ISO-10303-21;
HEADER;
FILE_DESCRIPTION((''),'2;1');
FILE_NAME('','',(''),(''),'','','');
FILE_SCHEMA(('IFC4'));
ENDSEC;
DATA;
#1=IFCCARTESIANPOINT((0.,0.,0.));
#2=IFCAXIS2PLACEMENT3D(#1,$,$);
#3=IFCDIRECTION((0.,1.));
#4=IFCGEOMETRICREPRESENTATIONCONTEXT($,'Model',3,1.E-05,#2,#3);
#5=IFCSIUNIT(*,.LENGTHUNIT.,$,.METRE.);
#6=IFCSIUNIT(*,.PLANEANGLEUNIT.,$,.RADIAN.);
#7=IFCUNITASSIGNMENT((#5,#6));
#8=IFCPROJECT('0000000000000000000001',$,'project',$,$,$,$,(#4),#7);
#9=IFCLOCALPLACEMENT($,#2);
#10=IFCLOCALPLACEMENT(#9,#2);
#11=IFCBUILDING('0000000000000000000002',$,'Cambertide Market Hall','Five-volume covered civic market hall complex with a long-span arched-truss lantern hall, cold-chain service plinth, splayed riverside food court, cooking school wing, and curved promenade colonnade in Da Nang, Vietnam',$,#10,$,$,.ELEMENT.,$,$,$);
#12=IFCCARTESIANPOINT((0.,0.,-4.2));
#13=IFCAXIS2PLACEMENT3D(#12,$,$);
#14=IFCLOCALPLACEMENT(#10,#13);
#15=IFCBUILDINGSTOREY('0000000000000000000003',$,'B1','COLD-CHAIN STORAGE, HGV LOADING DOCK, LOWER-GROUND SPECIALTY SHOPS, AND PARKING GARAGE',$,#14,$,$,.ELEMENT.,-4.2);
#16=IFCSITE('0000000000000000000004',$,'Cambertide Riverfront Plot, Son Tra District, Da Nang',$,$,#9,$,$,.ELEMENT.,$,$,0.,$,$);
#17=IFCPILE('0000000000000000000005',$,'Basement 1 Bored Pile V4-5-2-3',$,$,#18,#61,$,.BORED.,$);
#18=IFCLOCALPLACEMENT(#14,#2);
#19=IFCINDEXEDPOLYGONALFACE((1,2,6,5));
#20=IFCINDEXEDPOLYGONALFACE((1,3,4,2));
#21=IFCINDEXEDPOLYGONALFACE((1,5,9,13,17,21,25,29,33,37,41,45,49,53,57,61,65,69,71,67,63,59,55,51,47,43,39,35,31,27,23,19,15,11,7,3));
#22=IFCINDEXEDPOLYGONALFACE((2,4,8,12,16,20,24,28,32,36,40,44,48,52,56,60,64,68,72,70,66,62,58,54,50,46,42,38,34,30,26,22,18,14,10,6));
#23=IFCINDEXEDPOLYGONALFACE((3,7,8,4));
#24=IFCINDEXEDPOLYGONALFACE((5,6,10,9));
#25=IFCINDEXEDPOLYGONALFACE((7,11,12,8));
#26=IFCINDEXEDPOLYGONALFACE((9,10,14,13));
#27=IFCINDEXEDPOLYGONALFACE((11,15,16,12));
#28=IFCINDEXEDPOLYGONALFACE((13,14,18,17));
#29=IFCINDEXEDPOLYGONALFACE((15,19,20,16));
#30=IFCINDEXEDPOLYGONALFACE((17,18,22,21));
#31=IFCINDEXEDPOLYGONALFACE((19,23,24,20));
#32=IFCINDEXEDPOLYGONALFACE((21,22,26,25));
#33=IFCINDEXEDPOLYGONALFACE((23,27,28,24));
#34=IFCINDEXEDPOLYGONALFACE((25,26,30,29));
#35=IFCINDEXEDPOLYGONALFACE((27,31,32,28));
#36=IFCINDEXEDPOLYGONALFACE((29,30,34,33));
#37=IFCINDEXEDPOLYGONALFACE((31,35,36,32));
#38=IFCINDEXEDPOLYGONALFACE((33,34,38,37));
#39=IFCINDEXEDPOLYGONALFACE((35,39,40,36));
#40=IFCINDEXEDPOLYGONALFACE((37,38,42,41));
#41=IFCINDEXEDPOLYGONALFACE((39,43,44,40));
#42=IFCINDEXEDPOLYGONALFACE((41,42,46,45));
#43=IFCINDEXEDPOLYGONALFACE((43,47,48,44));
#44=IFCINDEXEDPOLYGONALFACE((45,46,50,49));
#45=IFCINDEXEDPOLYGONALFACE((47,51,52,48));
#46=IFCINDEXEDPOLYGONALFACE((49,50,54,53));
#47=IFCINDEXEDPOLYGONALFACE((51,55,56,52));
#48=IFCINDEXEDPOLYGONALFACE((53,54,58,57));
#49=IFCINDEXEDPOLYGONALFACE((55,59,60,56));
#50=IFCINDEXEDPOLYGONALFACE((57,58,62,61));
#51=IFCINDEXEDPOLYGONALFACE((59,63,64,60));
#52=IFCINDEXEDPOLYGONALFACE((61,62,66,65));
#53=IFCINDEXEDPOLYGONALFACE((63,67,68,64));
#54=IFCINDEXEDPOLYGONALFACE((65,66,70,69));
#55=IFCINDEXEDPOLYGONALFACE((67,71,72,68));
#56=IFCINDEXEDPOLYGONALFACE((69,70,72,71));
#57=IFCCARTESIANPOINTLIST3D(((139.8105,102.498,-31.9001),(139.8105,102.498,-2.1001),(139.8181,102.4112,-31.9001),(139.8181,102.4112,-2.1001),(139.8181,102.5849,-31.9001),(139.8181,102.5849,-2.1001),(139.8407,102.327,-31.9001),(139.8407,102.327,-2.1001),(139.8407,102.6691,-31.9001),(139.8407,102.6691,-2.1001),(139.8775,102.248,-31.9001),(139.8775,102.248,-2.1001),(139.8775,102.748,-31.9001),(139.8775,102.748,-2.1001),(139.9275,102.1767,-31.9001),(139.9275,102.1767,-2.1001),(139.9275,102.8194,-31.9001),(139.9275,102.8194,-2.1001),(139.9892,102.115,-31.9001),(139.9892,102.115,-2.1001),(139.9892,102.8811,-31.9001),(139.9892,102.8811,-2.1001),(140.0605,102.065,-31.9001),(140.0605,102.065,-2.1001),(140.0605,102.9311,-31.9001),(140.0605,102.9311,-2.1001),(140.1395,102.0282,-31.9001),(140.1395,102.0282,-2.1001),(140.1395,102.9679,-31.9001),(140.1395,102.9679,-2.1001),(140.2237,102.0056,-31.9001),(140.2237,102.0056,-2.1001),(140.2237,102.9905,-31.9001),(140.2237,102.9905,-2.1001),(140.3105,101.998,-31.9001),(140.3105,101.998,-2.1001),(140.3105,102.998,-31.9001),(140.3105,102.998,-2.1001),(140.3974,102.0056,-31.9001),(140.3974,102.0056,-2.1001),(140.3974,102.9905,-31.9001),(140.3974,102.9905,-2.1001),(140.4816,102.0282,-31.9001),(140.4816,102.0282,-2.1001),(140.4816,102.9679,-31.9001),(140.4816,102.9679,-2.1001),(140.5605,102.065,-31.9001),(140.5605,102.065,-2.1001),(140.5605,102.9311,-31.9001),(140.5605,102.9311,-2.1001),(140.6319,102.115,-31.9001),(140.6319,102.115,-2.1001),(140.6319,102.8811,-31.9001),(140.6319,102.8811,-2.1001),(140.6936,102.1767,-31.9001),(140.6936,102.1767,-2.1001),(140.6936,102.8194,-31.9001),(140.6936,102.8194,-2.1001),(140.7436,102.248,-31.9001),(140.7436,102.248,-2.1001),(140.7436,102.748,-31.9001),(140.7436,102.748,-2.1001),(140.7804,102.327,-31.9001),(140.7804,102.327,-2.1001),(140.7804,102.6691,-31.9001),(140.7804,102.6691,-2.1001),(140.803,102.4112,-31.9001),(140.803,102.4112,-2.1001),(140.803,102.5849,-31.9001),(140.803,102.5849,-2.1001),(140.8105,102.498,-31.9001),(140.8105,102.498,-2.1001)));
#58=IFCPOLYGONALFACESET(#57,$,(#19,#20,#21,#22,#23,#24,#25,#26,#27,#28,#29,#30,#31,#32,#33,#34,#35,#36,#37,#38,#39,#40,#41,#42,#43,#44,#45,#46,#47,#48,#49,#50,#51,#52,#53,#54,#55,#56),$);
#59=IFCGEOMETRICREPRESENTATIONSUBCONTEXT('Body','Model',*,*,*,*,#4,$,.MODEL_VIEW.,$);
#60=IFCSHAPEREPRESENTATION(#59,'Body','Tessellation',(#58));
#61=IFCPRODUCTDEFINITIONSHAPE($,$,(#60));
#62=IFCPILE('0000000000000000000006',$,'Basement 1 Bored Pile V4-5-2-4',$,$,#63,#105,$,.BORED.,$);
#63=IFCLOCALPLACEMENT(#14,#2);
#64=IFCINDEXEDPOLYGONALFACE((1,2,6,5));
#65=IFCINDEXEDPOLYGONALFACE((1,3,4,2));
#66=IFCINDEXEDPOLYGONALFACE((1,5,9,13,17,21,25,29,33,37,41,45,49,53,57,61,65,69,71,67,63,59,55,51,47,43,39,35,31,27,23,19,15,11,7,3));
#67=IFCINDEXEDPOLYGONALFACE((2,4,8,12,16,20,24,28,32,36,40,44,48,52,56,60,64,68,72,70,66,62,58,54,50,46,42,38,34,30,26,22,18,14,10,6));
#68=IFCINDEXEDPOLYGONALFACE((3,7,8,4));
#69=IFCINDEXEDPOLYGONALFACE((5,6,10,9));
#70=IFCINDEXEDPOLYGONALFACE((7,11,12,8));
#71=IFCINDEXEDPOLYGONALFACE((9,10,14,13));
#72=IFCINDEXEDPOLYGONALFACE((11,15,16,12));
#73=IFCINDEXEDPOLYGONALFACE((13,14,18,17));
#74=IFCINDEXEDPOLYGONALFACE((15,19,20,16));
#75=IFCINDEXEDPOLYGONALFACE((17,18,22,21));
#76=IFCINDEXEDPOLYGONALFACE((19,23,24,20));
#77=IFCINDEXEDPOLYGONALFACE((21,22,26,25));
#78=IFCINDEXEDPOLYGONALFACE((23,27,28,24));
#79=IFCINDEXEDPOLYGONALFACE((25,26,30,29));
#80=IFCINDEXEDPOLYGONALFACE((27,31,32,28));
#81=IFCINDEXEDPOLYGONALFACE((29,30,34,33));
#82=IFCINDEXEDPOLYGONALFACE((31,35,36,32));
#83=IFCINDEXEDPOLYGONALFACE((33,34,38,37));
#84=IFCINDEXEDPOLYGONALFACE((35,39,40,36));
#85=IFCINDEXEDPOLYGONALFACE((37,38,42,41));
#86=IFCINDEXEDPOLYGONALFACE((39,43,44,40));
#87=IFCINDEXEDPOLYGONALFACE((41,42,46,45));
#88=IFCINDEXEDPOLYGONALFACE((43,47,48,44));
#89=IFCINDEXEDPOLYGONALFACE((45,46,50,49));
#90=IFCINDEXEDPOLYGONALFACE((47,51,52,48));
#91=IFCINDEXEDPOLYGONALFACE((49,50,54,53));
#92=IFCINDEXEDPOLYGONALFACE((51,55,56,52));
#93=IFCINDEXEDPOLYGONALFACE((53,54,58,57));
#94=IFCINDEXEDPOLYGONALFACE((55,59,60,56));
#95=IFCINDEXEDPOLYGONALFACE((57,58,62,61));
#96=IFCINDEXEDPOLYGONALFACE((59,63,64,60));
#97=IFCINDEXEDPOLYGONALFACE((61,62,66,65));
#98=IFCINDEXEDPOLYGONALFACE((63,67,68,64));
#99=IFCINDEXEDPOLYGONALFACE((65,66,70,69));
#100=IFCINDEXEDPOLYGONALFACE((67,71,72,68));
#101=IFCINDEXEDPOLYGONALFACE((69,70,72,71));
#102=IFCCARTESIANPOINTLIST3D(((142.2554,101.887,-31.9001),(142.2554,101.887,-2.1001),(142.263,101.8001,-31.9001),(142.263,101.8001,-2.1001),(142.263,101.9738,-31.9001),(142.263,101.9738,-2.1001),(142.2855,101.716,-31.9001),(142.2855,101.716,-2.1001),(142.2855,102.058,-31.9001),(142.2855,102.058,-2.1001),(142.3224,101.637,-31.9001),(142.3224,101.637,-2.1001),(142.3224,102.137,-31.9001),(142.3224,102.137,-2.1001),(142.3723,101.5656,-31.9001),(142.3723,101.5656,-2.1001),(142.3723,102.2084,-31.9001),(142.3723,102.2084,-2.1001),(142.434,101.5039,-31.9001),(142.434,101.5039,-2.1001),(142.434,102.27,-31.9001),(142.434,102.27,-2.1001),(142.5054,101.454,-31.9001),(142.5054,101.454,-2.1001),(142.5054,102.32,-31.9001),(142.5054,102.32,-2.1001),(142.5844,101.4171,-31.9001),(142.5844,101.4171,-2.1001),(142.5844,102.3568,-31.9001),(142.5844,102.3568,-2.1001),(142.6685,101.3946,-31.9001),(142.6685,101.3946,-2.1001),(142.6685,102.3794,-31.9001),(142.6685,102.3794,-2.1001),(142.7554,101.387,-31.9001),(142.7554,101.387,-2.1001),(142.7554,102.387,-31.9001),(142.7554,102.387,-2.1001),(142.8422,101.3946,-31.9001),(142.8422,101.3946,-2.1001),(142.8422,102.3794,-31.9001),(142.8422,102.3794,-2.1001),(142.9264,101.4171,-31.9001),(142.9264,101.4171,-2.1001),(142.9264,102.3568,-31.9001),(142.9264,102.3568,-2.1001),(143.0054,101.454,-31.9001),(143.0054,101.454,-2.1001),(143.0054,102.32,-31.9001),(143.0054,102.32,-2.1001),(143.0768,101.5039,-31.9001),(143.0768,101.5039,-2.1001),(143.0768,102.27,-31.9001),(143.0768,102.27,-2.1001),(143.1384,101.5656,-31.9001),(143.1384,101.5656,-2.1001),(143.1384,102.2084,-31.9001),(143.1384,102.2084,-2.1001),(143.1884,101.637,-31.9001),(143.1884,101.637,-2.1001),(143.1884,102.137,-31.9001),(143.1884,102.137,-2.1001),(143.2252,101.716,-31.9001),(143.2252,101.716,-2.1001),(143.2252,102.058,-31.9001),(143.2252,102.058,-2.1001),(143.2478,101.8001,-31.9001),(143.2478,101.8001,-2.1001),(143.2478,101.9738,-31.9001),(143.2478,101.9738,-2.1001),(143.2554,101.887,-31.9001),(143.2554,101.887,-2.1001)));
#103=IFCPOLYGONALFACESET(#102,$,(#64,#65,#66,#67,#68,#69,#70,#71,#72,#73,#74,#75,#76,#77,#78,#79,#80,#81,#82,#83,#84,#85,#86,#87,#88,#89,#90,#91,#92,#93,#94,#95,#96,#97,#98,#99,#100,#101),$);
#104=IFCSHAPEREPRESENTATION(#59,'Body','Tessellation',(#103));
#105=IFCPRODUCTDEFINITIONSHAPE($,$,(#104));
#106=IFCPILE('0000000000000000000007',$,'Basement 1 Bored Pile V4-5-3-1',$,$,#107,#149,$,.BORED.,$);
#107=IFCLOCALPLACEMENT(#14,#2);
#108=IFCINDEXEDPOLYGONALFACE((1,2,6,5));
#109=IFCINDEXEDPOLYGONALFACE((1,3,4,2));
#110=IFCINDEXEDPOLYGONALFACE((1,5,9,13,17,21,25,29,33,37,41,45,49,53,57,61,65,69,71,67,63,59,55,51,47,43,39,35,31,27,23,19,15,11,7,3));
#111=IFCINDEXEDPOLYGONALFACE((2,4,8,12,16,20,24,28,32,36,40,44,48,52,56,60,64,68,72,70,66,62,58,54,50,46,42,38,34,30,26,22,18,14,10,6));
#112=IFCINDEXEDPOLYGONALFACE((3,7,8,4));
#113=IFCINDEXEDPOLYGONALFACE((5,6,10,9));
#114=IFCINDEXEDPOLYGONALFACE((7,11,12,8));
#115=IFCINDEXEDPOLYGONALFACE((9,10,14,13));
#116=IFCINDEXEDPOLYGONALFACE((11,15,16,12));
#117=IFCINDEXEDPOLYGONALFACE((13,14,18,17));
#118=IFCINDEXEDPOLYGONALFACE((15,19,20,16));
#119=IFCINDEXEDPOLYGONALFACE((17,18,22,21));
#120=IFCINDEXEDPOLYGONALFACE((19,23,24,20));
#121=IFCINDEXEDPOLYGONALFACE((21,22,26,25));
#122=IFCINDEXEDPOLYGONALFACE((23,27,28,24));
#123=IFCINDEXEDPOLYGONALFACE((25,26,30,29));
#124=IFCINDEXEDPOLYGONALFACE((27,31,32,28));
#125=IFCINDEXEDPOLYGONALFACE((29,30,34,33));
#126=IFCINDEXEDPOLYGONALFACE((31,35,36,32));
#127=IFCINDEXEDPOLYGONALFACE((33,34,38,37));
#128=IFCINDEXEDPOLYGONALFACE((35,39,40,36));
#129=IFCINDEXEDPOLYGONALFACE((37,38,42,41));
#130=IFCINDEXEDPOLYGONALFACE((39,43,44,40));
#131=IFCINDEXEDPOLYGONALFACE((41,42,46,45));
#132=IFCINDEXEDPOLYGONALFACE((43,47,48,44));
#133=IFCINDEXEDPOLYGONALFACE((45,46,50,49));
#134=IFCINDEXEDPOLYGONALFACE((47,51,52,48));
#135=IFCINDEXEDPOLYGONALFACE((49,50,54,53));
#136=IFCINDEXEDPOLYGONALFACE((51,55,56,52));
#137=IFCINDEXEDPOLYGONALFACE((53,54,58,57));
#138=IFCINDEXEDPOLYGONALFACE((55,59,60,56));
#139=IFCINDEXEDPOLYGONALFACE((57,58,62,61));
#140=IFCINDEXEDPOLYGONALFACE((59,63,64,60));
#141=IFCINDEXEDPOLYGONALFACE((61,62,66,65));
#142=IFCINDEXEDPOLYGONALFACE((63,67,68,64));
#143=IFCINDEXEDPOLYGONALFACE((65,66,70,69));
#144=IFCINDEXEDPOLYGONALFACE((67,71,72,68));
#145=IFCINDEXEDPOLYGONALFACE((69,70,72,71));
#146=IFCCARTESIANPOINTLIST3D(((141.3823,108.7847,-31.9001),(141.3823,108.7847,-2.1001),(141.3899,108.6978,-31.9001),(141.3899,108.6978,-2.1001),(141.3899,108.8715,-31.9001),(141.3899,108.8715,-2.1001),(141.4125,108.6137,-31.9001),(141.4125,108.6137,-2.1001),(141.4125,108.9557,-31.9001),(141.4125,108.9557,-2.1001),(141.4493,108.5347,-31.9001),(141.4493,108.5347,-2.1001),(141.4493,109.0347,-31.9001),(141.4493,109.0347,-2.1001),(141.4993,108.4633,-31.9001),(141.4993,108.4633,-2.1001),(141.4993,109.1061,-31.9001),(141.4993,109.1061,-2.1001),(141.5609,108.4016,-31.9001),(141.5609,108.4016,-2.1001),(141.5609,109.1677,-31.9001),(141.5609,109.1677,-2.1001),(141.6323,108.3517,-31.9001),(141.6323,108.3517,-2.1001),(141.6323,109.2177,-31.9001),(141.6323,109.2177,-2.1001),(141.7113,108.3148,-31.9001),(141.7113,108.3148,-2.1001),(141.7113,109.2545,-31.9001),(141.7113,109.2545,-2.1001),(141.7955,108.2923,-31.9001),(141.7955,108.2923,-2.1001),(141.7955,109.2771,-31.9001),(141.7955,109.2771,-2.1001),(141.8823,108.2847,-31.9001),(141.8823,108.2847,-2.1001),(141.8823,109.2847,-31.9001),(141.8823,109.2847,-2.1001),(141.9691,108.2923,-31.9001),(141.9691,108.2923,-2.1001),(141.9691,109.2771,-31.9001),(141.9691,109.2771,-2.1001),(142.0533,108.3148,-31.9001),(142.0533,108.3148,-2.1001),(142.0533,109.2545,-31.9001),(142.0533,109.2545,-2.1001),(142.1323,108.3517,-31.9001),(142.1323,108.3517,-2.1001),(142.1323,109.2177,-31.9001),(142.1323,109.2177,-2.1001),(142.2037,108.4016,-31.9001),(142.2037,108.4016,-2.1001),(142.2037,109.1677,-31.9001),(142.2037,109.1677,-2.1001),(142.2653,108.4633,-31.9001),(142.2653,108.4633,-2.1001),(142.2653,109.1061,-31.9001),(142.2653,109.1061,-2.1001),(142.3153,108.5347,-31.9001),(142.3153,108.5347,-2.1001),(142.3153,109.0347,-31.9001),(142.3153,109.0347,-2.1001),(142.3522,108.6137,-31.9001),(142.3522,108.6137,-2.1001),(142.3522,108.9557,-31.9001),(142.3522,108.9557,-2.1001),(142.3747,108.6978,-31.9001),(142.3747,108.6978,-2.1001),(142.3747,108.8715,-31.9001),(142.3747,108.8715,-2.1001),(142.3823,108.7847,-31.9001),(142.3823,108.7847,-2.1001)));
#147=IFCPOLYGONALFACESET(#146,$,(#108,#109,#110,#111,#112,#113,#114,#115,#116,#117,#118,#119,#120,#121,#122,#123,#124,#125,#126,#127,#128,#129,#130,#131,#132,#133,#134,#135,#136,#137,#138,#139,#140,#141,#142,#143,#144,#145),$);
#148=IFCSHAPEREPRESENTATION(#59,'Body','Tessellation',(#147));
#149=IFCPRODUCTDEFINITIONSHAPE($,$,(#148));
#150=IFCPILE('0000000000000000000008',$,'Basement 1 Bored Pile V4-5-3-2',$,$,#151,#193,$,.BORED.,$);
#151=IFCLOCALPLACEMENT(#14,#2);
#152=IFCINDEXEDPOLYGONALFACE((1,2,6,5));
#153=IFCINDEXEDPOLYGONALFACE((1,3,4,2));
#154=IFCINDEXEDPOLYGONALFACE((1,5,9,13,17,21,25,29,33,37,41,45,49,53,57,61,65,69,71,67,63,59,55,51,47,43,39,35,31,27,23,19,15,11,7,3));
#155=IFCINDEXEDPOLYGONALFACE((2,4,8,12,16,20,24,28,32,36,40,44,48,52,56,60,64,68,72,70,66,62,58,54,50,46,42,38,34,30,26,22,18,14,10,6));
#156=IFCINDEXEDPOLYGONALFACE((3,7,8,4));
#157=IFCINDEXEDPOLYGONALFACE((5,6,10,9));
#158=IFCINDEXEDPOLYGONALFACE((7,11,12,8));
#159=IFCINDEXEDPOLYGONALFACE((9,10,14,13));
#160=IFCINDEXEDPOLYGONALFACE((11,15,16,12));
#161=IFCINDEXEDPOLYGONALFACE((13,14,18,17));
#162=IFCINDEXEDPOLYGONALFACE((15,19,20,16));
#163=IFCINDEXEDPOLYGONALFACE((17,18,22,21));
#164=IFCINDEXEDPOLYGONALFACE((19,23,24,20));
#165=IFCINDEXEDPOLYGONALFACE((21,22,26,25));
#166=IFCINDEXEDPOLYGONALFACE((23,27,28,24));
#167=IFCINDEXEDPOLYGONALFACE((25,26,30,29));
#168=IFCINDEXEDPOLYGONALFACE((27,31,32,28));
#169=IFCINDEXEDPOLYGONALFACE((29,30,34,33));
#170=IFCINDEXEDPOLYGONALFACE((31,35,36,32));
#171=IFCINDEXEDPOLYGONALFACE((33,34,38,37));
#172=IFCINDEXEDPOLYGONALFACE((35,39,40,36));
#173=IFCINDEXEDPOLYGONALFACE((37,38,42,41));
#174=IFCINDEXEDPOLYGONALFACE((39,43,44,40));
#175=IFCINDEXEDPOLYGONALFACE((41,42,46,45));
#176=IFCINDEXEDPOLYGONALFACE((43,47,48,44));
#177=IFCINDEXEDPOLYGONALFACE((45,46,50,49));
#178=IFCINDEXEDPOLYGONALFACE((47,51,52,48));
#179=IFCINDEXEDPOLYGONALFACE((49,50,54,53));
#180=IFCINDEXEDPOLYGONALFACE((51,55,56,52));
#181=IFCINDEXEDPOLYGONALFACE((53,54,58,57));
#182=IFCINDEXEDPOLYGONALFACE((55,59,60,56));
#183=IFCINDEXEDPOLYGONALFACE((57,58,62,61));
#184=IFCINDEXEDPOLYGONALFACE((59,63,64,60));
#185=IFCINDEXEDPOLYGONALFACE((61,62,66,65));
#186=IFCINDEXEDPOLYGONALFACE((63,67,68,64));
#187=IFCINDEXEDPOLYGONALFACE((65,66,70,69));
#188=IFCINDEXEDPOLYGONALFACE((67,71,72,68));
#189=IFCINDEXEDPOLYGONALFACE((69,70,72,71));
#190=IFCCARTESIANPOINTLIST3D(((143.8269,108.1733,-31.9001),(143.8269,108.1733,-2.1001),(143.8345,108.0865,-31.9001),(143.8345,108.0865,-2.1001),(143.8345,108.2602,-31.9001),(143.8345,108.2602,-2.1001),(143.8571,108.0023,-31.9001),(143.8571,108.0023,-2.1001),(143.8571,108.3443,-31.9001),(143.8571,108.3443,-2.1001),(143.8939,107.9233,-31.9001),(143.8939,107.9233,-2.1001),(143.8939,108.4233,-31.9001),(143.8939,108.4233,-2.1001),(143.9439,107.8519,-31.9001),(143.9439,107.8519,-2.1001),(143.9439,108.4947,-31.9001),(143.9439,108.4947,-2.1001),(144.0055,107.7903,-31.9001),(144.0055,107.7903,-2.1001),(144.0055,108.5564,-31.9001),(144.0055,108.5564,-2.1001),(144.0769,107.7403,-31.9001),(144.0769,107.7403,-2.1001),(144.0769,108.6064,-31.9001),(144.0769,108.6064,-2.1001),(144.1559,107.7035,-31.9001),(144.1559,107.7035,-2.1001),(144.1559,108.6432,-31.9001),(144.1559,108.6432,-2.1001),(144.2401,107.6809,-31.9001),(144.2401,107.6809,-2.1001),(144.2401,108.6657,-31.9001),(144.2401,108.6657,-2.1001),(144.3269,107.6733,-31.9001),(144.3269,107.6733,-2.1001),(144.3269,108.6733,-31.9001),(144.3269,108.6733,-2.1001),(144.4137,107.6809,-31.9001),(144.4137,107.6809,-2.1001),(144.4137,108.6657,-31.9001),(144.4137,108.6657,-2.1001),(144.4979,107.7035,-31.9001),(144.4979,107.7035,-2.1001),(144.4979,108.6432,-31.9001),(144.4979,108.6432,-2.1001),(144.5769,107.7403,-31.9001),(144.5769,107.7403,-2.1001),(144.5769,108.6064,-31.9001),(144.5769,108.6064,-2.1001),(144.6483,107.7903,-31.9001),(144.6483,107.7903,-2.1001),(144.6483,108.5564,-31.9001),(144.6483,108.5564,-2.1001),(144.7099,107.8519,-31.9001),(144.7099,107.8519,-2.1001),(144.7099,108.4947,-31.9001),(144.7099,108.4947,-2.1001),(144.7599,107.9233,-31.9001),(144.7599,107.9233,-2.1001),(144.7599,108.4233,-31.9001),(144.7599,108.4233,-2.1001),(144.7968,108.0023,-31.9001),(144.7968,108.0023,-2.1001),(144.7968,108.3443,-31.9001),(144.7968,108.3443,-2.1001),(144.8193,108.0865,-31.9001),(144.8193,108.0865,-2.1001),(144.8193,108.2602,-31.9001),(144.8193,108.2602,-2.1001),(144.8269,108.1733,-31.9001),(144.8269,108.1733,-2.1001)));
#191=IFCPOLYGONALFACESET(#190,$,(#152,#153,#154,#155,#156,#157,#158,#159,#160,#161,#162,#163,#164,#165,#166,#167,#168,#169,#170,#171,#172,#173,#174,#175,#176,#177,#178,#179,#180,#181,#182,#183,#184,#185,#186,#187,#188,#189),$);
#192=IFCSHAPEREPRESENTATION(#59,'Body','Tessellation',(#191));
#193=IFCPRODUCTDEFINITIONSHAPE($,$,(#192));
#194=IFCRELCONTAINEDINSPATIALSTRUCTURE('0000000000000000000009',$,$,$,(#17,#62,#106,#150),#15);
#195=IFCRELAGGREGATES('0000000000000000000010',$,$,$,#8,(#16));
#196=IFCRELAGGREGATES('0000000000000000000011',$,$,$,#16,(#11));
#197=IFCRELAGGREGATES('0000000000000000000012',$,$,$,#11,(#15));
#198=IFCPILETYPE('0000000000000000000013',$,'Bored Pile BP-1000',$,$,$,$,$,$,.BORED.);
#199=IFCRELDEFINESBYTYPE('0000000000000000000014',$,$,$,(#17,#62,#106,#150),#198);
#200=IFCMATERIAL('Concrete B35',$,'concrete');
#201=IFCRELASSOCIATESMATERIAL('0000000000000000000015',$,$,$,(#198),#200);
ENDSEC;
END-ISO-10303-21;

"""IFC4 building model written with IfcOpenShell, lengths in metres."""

from ifc_helpers import new_model, si_unit, direction, frame, origin, origin_2d, place, context, subcontext, project, spatial, circle, extrude, material, material_profile, profile_set, type_object, element, save


model = new_model("IFC4")

# Units and contexts
model_context = context("Model", 3, precision=1e-05, world=origin(), true_north=direction((0.0, 1.0)))
body_context = subcontext(model_context, "Body", "Model", "MODEL_VIEW")
ifc_project = project(units=[si_unit("LENGTHUNIT", "METRE"), si_unit("PLANEANGLEUNIT", "RADIAN")], contexts=[model_context])

# Site, building, storey
site_placement = place(None, origin())
site = spatial("IfcSite", under=ifc_project, at=site_placement, Name="Cambertide Riverfront Plot, Son Tra District, Da Nang", CompositionType="ELEMENT", RefElevation=0.0)
building_placement = place(site_placement, origin())
building = spatial("IfcBuilding", under=site, at=building_placement, Name="Cambertide Market Hall", Description="Five-volume covered civic market hall complex with a long-span arched-truss lantern hall, cold-chain service plinth, splayed riverside food court, cooking school wing, and curved promenade colonnade in Da Nang, Vietnam", CompositionType="ELEMENT")
storey_placement = place(building_placement, frame((0.0, 0.0, -4.2)))
storey = spatial("IfcBuildingStorey", under=building, at=storey_placement, Name="B1", Description="COLD-CHAIN STORAGE, HGV LOADING DOCK, LOWER-GROUND SPECIALTY SHOPS, AND PARKING GARAGE", CompositionType="ELEMENT", Elevation=-4.2)

# Piles
ifc_material_1 = material(Name="Concrete B35", Category="concrete")
ifc_material_profile_1 = material_profile(ifc_material_1, circle(Radius=0.5, at=origin_2d()), Name="BP D1000")
ifc_profile_set_1 = profile_set([ifc_material_profile_1], Name="Concrete B35")
pile_type_1 = type_object("IfcPileType", Name="Bored Pile BP-1000", PredefinedType="BORED", material=ifc_profile_set_1)
for number, where, z_axis, x_axis, name in (
    (1, (140.3105, 102.498, -2.1001), (0.0, 0.0, -1.0), (1.0, 0.0, 0.0), "Basement 1 Bored Pile V4-5-2-3"),
    (2, (142.7554, 101.887, -2.1001), (0.0, 0.0, -1.0), (1.0, 0.0, 0.0), "Basement 1 Bored Pile V4-5-2-4"),
    (3, (141.8823, 108.7847, -2.1001), (0.0, 0.0, -1.0), (1.0, 0.0, 0.0), "Basement 1 Bored Pile V4-5-3-1"),
    (4, (144.3269, 108.1733, -2.1001), (0.0, 0.0, -1.0), (1.0, 0.0, 0.0), "Basement 1 Bored Pile V4-5-3-2"),
):
    element("IfcPile", number, at=place(storey_placement, frame(where, z_axis=z_axis, x_axis=x_axis)), inside=storey, type_object=pile_type_1, Name=name, PredefinedType="BORED", context=body_context, shape_type="SweptSolid", body=[
        extrude(circle(Radius=0.5, at=origin_2d()), origin(), (0.0, 0.0, 1.0), 29.8),
    ])

save(model, "model.ifc")
